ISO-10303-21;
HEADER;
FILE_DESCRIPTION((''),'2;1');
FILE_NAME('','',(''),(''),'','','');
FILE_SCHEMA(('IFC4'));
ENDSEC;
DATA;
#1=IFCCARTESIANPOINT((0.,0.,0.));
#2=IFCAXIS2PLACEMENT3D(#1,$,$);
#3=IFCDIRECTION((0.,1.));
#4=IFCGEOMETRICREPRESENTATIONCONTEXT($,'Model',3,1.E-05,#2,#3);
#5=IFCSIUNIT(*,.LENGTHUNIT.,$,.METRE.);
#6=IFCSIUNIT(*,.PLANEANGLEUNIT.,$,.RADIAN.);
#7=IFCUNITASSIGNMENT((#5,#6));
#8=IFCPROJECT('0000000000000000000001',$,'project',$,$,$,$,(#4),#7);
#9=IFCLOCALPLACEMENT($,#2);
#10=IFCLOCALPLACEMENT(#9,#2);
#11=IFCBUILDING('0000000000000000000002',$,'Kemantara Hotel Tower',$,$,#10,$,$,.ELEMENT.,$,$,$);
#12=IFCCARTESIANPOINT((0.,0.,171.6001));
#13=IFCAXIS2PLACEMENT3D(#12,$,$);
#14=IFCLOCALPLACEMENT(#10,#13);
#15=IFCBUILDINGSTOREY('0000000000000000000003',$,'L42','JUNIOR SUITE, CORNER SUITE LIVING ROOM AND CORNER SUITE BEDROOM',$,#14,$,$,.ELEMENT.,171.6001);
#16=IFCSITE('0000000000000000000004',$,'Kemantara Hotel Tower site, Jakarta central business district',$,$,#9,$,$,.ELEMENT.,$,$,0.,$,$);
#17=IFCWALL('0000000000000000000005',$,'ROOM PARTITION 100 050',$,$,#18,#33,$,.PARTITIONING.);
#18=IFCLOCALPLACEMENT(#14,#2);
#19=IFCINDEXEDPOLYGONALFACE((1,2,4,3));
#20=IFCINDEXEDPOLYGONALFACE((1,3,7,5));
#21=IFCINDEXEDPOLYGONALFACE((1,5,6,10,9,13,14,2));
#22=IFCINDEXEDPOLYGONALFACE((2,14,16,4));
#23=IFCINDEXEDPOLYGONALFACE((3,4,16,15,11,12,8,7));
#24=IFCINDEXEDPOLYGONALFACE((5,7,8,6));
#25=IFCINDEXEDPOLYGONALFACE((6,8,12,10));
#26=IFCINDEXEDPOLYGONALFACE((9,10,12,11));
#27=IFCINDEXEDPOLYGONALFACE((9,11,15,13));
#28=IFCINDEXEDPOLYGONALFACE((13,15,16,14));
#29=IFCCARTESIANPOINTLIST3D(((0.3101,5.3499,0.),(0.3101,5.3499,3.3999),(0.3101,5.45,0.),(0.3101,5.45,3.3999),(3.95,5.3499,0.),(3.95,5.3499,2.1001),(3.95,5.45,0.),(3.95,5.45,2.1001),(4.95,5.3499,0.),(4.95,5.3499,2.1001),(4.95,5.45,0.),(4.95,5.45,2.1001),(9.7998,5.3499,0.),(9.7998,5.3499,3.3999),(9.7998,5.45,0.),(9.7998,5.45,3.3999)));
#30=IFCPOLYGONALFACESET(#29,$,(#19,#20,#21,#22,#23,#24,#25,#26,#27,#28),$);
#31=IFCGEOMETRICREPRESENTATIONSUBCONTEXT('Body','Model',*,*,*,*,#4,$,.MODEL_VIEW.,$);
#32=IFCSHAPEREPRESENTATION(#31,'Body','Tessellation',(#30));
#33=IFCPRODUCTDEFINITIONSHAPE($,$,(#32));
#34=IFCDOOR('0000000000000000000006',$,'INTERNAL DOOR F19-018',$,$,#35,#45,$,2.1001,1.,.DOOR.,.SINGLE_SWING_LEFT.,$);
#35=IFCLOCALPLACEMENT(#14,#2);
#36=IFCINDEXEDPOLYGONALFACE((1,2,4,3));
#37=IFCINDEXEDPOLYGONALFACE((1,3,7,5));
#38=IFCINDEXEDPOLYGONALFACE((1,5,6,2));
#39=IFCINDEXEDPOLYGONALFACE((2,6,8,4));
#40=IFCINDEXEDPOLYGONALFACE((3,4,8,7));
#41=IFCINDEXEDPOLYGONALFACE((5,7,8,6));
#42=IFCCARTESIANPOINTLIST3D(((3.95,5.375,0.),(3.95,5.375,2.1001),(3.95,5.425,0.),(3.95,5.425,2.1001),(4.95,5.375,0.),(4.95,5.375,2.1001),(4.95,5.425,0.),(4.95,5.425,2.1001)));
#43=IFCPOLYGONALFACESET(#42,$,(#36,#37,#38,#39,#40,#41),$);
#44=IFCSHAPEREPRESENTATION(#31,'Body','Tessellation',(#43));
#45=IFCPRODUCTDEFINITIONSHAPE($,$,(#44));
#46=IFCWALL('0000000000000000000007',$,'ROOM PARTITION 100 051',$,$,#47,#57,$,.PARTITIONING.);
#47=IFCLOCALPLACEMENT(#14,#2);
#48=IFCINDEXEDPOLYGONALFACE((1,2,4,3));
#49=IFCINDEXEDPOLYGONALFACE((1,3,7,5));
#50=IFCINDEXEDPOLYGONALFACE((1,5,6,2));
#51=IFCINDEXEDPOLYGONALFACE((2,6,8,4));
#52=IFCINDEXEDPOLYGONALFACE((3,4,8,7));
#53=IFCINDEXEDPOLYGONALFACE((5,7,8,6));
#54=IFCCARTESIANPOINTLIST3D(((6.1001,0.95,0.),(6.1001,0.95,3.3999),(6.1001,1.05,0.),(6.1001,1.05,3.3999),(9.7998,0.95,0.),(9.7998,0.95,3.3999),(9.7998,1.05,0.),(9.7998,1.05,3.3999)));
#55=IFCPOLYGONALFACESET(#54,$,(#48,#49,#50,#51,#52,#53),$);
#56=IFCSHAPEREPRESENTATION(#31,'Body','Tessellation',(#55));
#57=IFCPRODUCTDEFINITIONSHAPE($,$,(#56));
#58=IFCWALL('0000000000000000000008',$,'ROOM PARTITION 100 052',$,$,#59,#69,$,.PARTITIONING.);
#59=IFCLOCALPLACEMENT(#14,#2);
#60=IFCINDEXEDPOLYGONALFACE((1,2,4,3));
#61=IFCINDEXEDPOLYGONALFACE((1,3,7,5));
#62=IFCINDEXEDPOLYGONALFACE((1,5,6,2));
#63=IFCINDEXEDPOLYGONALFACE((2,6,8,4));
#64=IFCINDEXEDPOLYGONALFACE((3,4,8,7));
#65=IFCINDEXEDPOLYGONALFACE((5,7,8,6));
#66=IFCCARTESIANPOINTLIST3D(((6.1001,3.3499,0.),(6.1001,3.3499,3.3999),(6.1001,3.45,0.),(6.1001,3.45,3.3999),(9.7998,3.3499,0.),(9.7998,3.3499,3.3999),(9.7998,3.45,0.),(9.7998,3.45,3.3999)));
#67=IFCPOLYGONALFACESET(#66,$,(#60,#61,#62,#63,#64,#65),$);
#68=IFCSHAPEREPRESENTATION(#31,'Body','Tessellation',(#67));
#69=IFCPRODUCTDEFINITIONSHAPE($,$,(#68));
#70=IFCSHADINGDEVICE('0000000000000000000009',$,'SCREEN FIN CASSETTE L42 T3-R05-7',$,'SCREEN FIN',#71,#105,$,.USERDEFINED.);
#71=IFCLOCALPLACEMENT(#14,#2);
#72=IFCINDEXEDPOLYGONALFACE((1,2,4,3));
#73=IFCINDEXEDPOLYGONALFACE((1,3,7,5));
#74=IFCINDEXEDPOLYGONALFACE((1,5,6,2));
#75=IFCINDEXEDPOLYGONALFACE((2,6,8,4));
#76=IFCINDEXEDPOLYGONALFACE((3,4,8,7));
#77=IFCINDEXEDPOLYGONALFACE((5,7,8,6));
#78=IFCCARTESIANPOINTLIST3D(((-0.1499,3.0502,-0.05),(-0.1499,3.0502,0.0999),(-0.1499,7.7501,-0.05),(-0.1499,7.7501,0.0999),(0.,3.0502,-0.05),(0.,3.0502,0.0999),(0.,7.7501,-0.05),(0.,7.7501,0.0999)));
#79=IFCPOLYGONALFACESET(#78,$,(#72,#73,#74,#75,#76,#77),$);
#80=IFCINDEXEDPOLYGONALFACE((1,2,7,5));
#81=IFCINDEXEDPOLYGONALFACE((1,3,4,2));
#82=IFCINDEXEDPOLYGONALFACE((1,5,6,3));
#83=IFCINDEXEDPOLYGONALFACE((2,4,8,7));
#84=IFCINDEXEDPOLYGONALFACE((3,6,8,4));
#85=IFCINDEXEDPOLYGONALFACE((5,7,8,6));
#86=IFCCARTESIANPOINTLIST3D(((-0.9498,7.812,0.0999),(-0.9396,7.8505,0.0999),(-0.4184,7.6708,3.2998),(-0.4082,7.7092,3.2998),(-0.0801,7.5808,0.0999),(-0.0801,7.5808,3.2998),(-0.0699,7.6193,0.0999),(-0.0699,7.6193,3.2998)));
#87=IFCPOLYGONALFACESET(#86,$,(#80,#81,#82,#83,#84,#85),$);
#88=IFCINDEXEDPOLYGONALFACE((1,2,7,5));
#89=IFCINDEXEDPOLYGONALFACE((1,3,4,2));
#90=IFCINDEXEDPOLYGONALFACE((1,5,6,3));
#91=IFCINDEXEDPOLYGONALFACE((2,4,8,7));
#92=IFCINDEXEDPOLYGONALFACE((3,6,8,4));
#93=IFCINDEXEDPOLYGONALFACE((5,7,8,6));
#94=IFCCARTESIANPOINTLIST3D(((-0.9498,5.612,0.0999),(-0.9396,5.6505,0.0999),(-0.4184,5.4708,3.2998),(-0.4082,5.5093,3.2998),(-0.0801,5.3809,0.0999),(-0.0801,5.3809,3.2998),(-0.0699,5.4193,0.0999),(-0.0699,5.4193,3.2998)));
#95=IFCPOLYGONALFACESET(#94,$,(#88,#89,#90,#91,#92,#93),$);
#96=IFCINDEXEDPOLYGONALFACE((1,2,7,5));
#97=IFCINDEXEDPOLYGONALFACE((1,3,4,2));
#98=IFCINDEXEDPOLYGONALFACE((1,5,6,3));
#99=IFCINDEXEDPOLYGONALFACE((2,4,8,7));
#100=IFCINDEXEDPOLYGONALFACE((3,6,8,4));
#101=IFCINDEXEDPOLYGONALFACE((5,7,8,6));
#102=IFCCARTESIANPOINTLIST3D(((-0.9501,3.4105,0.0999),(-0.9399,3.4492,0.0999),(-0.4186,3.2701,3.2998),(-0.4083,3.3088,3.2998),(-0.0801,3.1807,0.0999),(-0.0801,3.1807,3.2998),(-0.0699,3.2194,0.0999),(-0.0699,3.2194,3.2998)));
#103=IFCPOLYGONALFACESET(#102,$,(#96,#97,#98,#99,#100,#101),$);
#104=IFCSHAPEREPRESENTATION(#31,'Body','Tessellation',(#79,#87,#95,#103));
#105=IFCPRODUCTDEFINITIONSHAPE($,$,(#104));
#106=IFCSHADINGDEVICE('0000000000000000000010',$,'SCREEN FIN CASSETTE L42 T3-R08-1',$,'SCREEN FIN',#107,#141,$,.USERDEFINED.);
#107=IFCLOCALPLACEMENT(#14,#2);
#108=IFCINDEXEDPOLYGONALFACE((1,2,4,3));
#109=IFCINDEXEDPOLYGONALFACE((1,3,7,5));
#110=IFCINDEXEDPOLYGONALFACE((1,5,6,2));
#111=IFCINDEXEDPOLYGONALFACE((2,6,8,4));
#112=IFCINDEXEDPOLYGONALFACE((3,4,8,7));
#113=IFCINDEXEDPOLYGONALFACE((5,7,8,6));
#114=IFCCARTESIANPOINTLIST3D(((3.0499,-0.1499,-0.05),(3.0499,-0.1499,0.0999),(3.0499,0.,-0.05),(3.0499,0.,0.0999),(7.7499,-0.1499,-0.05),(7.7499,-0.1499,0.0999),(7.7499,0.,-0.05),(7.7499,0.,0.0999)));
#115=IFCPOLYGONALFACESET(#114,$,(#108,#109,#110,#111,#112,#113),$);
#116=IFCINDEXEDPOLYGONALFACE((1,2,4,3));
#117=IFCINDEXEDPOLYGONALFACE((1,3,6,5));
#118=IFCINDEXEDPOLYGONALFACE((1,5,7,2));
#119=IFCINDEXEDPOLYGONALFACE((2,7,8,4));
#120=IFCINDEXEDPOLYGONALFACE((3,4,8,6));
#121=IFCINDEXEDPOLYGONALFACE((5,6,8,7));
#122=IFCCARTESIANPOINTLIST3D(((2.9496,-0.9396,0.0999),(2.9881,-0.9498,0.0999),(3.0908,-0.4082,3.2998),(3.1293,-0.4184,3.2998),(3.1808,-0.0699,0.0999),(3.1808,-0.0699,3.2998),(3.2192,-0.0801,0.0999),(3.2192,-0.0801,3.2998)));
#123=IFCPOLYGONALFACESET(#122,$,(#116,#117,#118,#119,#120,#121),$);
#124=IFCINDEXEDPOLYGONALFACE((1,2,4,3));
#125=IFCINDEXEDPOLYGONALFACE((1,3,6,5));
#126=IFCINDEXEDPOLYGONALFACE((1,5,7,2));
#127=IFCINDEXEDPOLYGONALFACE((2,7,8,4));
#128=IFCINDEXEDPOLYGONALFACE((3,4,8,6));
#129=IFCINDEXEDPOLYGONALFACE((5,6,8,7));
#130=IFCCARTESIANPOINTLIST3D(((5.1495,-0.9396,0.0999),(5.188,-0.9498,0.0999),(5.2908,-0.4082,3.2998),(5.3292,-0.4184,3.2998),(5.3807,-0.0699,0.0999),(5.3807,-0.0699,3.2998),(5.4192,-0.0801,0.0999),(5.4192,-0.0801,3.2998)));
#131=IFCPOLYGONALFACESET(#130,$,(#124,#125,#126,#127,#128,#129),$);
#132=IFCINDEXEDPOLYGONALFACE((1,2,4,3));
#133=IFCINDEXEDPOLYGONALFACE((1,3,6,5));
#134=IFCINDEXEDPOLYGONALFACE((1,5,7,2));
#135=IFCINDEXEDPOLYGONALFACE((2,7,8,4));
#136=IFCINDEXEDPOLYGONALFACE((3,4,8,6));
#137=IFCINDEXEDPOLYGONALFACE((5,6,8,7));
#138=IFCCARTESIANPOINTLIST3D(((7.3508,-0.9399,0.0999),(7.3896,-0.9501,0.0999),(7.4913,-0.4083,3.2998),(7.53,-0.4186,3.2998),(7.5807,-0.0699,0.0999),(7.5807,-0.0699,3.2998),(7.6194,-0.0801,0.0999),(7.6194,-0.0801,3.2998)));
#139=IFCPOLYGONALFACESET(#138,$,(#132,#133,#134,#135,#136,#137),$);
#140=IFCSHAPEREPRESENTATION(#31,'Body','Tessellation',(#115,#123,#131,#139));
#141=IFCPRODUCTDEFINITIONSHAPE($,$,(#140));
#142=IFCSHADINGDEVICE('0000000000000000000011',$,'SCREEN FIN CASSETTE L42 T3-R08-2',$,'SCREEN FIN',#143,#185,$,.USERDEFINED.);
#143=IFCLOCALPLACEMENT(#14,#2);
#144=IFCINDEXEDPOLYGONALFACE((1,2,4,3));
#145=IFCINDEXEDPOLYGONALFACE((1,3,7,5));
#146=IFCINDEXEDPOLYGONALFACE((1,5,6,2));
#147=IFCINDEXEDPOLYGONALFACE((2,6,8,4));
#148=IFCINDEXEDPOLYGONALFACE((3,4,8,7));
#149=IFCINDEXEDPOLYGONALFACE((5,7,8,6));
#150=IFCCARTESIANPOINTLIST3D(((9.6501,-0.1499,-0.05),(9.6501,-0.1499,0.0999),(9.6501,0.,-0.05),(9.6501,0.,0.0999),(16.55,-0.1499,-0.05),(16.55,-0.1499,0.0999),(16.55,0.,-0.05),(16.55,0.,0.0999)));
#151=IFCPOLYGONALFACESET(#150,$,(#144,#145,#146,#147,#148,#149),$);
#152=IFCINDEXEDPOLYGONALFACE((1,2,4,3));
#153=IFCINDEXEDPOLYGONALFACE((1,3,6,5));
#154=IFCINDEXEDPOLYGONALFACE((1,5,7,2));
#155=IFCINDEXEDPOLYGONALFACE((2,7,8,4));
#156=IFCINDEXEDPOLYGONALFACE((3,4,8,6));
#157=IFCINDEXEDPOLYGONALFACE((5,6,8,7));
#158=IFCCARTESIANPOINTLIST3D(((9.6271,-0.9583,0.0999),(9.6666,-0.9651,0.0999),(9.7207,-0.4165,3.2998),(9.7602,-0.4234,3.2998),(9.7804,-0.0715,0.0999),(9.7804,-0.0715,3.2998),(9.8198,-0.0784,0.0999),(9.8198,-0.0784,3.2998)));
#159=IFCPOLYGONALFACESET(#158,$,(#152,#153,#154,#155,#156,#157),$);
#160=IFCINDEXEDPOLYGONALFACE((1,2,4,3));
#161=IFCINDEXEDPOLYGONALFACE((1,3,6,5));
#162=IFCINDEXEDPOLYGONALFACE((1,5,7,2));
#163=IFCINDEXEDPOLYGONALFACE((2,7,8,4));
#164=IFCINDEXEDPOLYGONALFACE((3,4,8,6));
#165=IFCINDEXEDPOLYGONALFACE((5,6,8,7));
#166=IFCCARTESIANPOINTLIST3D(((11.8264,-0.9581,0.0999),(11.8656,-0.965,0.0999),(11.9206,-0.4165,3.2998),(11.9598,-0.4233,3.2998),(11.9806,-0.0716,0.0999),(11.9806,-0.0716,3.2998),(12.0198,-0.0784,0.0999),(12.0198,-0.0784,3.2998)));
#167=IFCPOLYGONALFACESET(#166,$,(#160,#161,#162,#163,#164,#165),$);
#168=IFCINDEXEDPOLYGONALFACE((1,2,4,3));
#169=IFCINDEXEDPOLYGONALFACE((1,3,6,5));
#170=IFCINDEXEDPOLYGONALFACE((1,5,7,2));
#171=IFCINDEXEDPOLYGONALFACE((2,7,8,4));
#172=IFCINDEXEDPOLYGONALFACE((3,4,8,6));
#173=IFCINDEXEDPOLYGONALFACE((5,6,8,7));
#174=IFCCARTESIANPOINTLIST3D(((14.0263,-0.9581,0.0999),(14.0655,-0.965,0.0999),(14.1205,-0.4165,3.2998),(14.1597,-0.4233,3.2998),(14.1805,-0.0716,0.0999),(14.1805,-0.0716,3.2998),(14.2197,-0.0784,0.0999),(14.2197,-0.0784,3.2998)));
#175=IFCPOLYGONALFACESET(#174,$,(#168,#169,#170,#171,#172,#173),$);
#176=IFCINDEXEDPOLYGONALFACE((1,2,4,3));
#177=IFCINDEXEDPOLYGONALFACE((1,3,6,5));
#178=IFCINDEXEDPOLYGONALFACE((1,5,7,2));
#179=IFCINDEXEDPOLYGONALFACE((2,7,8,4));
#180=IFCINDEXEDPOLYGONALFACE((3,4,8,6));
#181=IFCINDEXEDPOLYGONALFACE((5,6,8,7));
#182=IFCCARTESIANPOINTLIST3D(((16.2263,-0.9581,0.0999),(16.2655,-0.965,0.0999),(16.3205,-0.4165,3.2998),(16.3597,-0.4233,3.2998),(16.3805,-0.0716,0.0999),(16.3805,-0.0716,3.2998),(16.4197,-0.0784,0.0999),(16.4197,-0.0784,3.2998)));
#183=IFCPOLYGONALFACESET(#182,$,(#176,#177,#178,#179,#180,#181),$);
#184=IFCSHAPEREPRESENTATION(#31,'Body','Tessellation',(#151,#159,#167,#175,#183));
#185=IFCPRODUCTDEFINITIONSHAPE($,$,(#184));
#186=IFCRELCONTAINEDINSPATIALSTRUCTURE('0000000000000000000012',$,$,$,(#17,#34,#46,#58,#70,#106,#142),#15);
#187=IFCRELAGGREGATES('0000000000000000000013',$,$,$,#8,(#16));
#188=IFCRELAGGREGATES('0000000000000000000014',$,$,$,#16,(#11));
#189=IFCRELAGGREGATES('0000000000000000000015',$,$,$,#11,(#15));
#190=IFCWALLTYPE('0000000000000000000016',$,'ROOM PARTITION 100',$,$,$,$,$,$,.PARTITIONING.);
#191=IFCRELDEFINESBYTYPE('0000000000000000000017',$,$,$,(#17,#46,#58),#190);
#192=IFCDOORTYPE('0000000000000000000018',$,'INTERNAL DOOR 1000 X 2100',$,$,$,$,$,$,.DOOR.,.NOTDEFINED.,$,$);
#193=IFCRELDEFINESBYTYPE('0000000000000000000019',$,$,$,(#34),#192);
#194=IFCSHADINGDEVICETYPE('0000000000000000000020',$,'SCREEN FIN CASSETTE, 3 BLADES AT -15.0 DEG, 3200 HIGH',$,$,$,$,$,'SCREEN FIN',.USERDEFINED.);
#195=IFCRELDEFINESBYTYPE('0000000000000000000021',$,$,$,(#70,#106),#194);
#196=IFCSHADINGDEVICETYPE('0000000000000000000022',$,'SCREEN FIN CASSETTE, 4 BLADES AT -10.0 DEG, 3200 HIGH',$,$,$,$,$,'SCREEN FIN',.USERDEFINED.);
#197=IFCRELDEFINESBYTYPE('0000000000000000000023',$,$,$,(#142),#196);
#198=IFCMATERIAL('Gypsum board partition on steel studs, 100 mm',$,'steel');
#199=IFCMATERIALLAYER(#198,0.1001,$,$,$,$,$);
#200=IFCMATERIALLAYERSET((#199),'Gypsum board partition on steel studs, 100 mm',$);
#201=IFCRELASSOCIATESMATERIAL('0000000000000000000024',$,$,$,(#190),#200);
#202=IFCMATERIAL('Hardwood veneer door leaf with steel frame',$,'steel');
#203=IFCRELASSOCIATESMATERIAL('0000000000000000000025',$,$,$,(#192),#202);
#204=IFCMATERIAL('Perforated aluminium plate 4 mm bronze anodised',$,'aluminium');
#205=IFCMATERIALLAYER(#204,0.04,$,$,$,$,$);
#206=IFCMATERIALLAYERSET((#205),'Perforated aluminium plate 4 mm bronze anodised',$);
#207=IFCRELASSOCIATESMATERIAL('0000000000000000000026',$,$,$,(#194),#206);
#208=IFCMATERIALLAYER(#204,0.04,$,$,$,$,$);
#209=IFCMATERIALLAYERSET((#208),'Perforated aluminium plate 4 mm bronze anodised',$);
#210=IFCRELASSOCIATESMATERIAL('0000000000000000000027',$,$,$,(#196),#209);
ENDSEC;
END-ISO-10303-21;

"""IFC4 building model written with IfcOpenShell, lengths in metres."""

from ifc_helpers import new_model, si_unit, direction, frame, frame_2d, origin, origin_2d, place, context, subcontext, project, spatial, polyline, rectangle, outline, extrude, source, transform, mapped, material, layer, layer_set, type_object, element, fill, save


model = new_model("IFC4")

# Units and contexts
model_context = context("Model", 3, precision=1e-05, world=origin(), true_north=direction((0.0, 1.0)))
body_context = subcontext(model_context, "Body", "Model", "MODEL_VIEW")
ifc_project = project(units=[si_unit("LENGTHUNIT", "METRE"), si_unit("PLANEANGLEUNIT", "RADIAN")], contexts=[model_context])

# Site, building, storey
site_placement = place(None, origin())
site = spatial("IfcSite", under=ifc_project, at=site_placement, Name="Kemantara Hotel Tower site, Jakarta central business district", CompositionType="ELEMENT", RefElevation=0.0)
building_placement = place(site_placement, origin())
building = spatial("IfcBuilding", under=site, at=building_placement, Name="Kemantara Hotel Tower", CompositionType="ELEMENT")
storey_placement = place(building_placement, frame((0.0, 0.0, 171.6001)))
storey = spatial("IfcBuildingStorey", under=building, at=storey_placement, Name="L42", Description="JUNIOR SUITE, CORNER SUITE LIVING ROOM AND CORNER SUITE BEDROOM", CompositionType="ELEMENT", Elevation=171.6001)

# Shared definitions
ifc_material_1 = material(Name="Hardwood veneer door leaf with steel frame", Category="steel")
ifc_material_2 = material(Name="Gypsum board partition on steel studs, 100 mm", Category="steel")
ifc_layer_1 = layer(ifc_material_2, 0.1001)
ifc_layer_set_1 = layer_set([ifc_layer_1], Name="Gypsum board partition on steel studs, 100 mm")
wall_type_1 = type_object("IfcWallType", Name="ROOM PARTITION 100", PredefinedType="PARTITIONING", material=ifc_layer_set_1)

# Wall, opening, door
wall_1_placement = place(storey_placement, frame((9.7998, 5.3999, 0.0), z_axis=(0.0, 0.0, 1.0), x_axis=(-1.0, 0.0, 0.0)))
wall_1 = element("IfcWall", 1, at=wall_1_placement, inside=storey, type_object=wall_type_1, Name="ROOM PARTITION 100 050", PredefinedType="PARTITIONING", context=body_context, shape_type="SweptSolid", body=[
    extrude(rectangle(XDim=9.4897, YDim=0.1001, at=frame_2d((4.7449, 0.0))), origin(), (0.0, 0.0, 1.0), 3.3999),
])
opening_1_placement = place(wall_1_placement, frame((4.8499, 0.0, 0.0)))
opening_1 = element("IfcOpeningElement", 2, at=opening_1_placement, cuts=wall_1, PredefinedType="OPENING", context=body_context, shape_type="SweptSolid", body=[
    extrude(rectangle(XDim=1.0, YDim=2.1001, at=frame_2d((0.5, 1.05))), frame((0.0, 0.0601, 0.0), z_axis=(0.0, -1.0, 0.0), x_axis=(1.0, 0.0, 0.0)), (0.0, 0.0, 1.0), 0.1201),
])
door_type_1 = type_object("IfcDoorType", Name="INTERNAL DOOR 1000 X 2100", OperationType="NOTDEFINED", PredefinedType="DOOR", material=ifc_material_1)
door_1_placement = place(opening_1_placement, origin())
door_1 = element("IfcDoor", 3, at=door_1_placement, inside=storey, type_object=door_type_1, Name="INTERNAL DOOR F19-018", OperationType="SINGLE_SWING_LEFT", OverallHeight=2.1001, OverallWidth=1.0, PredefinedType="DOOR", context=body_context, shape_type="SweptSolid", body=[
    extrude(rectangle(XDim=1.0, YDim=2.1001, at=frame_2d((0.5, 1.05))), frame((0.0, 0.0249, 0.0), z_axis=(0.0, -1.0, 0.0), x_axis=(1.0, 0.0, 0.0)), (0.0, 0.0, 1.0), 0.05),
])
fill(opening_1, door_1)

# Walls
for number, where, z_axis, x_axis, name in (
    (4, (6.1001, 1.0, 0.0), (0.0, 0.0, 1.0), (1.0, 0.0, 0.0), "ROOM PARTITION 100 051"),
    (5, (6.1001, 3.3999, 0.0), (0.0, 0.0, 1.0), (1.0, 0.0, 0.0), "ROOM PARTITION 100 052"),
):
    element("IfcWall", number, at=place(storey_placement, frame(where, z_axis=z_axis, x_axis=x_axis)), inside=storey, type_object=wall_type_1, Name=name, PredefinedType="PARTITIONING", context=body_context, shape_type="SweptSolid", body=[
        extrude(rectangle(XDim=3.6997, YDim=0.1001, at=frame_2d((1.8499, 0.0))), origin(), (0.0, 0.0, 1.0), 3.3999),
    ])

# Shading devices
ifc_material_3 = material(Name="Perforated aluminium plate 4 mm bronze anodised", Category="aluminium")
ifc_layer_2 = layer(ifc_material_3, 0.04)
ifc_layer_set_2 = layer_set([ifc_layer_2], Name="Perforated aluminium plate 4 mm bronze anodised")
shading_device_type_1 = type_object("IfcShadingDeviceType", Name="SCREEN FIN CASSETTE, 3 BLADES AT -15.0 DEG, 3200 HIGH", ElementType="SCREEN FIN", PredefinedType="USERDEFINED", material=ifc_layer_set_2)
shared_shape_1 = source(origin(), body_context, "Body", "SweptSolid", [
    extrude(rectangle(XDim=4.7, YDim=0.1499, at=origin_2d()), frame((2.2, -0.075, -0.1499), z_axis=(0.0, 0.0, 1.0), x_axis=(1.0, 0.0, 0.0)), (0.0, 0.0, 1.0), 0.1499),
    extrude(outline(polyline([(0.0, 0.0), (0.8999, 0.0), (0.3501, 3.2), (0.0, 3.2), (0.0, 0.0)])), frame((0.0193, -0.0801, 0.0), z_axis=(-0.966438, 0.256901, 0.0), x_axis=(-0.256901, -0.966438, 0.0)), (0.0, 0.0, 1.0), 0.0398),
    extrude(outline(polyline([(0.0, 0.0), (0.8999, 0.0), (0.3501, 3.2), (0.0, 3.2), (0.0, 0.0)])), frame((2.2192, -0.0801, 0.0), z_axis=(-0.966438, 0.256901, 0.0), x_axis=(-0.256901, -0.966438, 0.0)), (0.0, 0.0, 1.0), 0.0398),
    extrude(outline(polyline([(0.0, 0.0), (0.8999, 0.0), (0.3501, 3.2), (0.0, 3.2), (0.0, 0.0)])), frame((4.4194, -0.0801, 0.0), z_axis=(-0.966838, 0.255391, 0.0), x_axis=(-0.255391, -0.966838, 0.0)), (0.0, 0.0, 1.0), 0.04),
])
for number, where, z_axis, x_axis, name in (
    (6, (0.0, 7.6001, 0.0999), (0.0, 0.0, 1.0), (0.0, -1.0, 0.0), "SCREEN FIN CASSETTE L42 T3-R05-7"),
    (7, (3.2, 0.0, 0.0999), (0.0, 0.0, 1.0), (1.0, 0.0, 0.0), "SCREEN FIN CASSETTE L42 T3-R08-1"),
):
    element("IfcShadingDevice", number, at=place(storey_placement, frame(where, z_axis=z_axis, x_axis=x_axis)), inside=storey, type_object=shading_device_type_1, Name=name, ObjectType="SCREEN FIN", PredefinedType="USERDEFINED", context=body_context, shape_type="MappedRepresentation", body=[
        mapped(shared_shape_1, transform((0.0, 0.0, 0.0))),
    ])
ifc_layer_3 = layer(ifc_material_3, 0.04)
ifc_layer_set_3 = layer_set([ifc_layer_3], Name="Perforated aluminium plate 4 mm bronze anodised")
shading_device_type_2 = type_object("IfcShadingDeviceType", Name="SCREEN FIN CASSETTE, 4 BLADES AT -10.0 DEG, 3200 HIGH", ElementType="SCREEN FIN", PredefinedType="USERDEFINED", material=ifc_layer_set_3)
shared_shape_2 = source(origin(), body_context, "Body", "SweptSolid", [
    extrude(rectangle(XDim=6.8999, YDim=0.1499, at=origin_2d()), frame((3.3, -0.075, -0.1499), z_axis=(0.0, 0.0, 1.0), x_axis=(1.0, 0.0, 0.0)), (0.0, 0.0, 1.0), 0.1499),
    extrude(outline(polyline([(0.0, 0.0), (0.8999, 0.0), (0.3501, 3.2), (0.0, 3.2), (0.0, 0.0)])), frame((0.0198, -0.0784, 0.0), z_axis=(-0.98539, 0.170314, 0.0), x_axis=(-0.170314, -0.98539, 0.0)), (0.0, 0.0, 1.0), 0.04),
    extrude(outline(polyline([(0.0, 0.0), (0.8999, 0.0), (0.3501, 3.2), (0.0, 3.2), (0.0, 0.0)])), frame((2.2197, -0.0784, 0.0), z_axis=(-0.985212, 0.171341, 0.0), x_axis=(-0.171341, -0.985212, 0.0)), (0.0, 0.0, 1.0), 0.0398),
    extrude(outline(polyline([(0.0, 0.0), (0.8999, 0.0), (0.3501, 3.2), (0.0, 3.2), (0.0, 0.0)])), frame((4.4197, -0.0784, 0.0), z_axis=(-0.985212, 0.171341, 0.0), x_axis=(-0.171341, -0.985212, 0.0)), (0.0, 0.0, 1.0), 0.0398),
    extrude(outline(polyline([(0.0, 0.0), (0.8999, 0.0), (0.3501, 3.2), (0.0, 3.2), (0.0, 0.0)])), frame((6.6196, -0.0784, 0.0), z_axis=(-0.985212, 0.171341, 0.0), x_axis=(-0.171341, -0.985212, 0.0)), (0.0, 0.0, 1.0), 0.0398),
])
shading_device_placement = place(storey_placement, frame((9.8, 0.0, 0.0999), z_axis=(0.0, 0.0, 1.0), x_axis=(1.0, 0.0, 0.0)))
element("IfcShadingDevice", 8, at=shading_device_placement, inside=storey, type_object=shading_device_type_2, Name="SCREEN FIN CASSETTE L42 T3-R08-2", ObjectType="SCREEN FIN", PredefinedType="USERDEFINED", context=body_context, shape_type="MappedRepresentation", body=[
    mapped(shared_shape_2, transform((0.0, 0.0, 0.0))),
])

save(model, "model.ifc")
